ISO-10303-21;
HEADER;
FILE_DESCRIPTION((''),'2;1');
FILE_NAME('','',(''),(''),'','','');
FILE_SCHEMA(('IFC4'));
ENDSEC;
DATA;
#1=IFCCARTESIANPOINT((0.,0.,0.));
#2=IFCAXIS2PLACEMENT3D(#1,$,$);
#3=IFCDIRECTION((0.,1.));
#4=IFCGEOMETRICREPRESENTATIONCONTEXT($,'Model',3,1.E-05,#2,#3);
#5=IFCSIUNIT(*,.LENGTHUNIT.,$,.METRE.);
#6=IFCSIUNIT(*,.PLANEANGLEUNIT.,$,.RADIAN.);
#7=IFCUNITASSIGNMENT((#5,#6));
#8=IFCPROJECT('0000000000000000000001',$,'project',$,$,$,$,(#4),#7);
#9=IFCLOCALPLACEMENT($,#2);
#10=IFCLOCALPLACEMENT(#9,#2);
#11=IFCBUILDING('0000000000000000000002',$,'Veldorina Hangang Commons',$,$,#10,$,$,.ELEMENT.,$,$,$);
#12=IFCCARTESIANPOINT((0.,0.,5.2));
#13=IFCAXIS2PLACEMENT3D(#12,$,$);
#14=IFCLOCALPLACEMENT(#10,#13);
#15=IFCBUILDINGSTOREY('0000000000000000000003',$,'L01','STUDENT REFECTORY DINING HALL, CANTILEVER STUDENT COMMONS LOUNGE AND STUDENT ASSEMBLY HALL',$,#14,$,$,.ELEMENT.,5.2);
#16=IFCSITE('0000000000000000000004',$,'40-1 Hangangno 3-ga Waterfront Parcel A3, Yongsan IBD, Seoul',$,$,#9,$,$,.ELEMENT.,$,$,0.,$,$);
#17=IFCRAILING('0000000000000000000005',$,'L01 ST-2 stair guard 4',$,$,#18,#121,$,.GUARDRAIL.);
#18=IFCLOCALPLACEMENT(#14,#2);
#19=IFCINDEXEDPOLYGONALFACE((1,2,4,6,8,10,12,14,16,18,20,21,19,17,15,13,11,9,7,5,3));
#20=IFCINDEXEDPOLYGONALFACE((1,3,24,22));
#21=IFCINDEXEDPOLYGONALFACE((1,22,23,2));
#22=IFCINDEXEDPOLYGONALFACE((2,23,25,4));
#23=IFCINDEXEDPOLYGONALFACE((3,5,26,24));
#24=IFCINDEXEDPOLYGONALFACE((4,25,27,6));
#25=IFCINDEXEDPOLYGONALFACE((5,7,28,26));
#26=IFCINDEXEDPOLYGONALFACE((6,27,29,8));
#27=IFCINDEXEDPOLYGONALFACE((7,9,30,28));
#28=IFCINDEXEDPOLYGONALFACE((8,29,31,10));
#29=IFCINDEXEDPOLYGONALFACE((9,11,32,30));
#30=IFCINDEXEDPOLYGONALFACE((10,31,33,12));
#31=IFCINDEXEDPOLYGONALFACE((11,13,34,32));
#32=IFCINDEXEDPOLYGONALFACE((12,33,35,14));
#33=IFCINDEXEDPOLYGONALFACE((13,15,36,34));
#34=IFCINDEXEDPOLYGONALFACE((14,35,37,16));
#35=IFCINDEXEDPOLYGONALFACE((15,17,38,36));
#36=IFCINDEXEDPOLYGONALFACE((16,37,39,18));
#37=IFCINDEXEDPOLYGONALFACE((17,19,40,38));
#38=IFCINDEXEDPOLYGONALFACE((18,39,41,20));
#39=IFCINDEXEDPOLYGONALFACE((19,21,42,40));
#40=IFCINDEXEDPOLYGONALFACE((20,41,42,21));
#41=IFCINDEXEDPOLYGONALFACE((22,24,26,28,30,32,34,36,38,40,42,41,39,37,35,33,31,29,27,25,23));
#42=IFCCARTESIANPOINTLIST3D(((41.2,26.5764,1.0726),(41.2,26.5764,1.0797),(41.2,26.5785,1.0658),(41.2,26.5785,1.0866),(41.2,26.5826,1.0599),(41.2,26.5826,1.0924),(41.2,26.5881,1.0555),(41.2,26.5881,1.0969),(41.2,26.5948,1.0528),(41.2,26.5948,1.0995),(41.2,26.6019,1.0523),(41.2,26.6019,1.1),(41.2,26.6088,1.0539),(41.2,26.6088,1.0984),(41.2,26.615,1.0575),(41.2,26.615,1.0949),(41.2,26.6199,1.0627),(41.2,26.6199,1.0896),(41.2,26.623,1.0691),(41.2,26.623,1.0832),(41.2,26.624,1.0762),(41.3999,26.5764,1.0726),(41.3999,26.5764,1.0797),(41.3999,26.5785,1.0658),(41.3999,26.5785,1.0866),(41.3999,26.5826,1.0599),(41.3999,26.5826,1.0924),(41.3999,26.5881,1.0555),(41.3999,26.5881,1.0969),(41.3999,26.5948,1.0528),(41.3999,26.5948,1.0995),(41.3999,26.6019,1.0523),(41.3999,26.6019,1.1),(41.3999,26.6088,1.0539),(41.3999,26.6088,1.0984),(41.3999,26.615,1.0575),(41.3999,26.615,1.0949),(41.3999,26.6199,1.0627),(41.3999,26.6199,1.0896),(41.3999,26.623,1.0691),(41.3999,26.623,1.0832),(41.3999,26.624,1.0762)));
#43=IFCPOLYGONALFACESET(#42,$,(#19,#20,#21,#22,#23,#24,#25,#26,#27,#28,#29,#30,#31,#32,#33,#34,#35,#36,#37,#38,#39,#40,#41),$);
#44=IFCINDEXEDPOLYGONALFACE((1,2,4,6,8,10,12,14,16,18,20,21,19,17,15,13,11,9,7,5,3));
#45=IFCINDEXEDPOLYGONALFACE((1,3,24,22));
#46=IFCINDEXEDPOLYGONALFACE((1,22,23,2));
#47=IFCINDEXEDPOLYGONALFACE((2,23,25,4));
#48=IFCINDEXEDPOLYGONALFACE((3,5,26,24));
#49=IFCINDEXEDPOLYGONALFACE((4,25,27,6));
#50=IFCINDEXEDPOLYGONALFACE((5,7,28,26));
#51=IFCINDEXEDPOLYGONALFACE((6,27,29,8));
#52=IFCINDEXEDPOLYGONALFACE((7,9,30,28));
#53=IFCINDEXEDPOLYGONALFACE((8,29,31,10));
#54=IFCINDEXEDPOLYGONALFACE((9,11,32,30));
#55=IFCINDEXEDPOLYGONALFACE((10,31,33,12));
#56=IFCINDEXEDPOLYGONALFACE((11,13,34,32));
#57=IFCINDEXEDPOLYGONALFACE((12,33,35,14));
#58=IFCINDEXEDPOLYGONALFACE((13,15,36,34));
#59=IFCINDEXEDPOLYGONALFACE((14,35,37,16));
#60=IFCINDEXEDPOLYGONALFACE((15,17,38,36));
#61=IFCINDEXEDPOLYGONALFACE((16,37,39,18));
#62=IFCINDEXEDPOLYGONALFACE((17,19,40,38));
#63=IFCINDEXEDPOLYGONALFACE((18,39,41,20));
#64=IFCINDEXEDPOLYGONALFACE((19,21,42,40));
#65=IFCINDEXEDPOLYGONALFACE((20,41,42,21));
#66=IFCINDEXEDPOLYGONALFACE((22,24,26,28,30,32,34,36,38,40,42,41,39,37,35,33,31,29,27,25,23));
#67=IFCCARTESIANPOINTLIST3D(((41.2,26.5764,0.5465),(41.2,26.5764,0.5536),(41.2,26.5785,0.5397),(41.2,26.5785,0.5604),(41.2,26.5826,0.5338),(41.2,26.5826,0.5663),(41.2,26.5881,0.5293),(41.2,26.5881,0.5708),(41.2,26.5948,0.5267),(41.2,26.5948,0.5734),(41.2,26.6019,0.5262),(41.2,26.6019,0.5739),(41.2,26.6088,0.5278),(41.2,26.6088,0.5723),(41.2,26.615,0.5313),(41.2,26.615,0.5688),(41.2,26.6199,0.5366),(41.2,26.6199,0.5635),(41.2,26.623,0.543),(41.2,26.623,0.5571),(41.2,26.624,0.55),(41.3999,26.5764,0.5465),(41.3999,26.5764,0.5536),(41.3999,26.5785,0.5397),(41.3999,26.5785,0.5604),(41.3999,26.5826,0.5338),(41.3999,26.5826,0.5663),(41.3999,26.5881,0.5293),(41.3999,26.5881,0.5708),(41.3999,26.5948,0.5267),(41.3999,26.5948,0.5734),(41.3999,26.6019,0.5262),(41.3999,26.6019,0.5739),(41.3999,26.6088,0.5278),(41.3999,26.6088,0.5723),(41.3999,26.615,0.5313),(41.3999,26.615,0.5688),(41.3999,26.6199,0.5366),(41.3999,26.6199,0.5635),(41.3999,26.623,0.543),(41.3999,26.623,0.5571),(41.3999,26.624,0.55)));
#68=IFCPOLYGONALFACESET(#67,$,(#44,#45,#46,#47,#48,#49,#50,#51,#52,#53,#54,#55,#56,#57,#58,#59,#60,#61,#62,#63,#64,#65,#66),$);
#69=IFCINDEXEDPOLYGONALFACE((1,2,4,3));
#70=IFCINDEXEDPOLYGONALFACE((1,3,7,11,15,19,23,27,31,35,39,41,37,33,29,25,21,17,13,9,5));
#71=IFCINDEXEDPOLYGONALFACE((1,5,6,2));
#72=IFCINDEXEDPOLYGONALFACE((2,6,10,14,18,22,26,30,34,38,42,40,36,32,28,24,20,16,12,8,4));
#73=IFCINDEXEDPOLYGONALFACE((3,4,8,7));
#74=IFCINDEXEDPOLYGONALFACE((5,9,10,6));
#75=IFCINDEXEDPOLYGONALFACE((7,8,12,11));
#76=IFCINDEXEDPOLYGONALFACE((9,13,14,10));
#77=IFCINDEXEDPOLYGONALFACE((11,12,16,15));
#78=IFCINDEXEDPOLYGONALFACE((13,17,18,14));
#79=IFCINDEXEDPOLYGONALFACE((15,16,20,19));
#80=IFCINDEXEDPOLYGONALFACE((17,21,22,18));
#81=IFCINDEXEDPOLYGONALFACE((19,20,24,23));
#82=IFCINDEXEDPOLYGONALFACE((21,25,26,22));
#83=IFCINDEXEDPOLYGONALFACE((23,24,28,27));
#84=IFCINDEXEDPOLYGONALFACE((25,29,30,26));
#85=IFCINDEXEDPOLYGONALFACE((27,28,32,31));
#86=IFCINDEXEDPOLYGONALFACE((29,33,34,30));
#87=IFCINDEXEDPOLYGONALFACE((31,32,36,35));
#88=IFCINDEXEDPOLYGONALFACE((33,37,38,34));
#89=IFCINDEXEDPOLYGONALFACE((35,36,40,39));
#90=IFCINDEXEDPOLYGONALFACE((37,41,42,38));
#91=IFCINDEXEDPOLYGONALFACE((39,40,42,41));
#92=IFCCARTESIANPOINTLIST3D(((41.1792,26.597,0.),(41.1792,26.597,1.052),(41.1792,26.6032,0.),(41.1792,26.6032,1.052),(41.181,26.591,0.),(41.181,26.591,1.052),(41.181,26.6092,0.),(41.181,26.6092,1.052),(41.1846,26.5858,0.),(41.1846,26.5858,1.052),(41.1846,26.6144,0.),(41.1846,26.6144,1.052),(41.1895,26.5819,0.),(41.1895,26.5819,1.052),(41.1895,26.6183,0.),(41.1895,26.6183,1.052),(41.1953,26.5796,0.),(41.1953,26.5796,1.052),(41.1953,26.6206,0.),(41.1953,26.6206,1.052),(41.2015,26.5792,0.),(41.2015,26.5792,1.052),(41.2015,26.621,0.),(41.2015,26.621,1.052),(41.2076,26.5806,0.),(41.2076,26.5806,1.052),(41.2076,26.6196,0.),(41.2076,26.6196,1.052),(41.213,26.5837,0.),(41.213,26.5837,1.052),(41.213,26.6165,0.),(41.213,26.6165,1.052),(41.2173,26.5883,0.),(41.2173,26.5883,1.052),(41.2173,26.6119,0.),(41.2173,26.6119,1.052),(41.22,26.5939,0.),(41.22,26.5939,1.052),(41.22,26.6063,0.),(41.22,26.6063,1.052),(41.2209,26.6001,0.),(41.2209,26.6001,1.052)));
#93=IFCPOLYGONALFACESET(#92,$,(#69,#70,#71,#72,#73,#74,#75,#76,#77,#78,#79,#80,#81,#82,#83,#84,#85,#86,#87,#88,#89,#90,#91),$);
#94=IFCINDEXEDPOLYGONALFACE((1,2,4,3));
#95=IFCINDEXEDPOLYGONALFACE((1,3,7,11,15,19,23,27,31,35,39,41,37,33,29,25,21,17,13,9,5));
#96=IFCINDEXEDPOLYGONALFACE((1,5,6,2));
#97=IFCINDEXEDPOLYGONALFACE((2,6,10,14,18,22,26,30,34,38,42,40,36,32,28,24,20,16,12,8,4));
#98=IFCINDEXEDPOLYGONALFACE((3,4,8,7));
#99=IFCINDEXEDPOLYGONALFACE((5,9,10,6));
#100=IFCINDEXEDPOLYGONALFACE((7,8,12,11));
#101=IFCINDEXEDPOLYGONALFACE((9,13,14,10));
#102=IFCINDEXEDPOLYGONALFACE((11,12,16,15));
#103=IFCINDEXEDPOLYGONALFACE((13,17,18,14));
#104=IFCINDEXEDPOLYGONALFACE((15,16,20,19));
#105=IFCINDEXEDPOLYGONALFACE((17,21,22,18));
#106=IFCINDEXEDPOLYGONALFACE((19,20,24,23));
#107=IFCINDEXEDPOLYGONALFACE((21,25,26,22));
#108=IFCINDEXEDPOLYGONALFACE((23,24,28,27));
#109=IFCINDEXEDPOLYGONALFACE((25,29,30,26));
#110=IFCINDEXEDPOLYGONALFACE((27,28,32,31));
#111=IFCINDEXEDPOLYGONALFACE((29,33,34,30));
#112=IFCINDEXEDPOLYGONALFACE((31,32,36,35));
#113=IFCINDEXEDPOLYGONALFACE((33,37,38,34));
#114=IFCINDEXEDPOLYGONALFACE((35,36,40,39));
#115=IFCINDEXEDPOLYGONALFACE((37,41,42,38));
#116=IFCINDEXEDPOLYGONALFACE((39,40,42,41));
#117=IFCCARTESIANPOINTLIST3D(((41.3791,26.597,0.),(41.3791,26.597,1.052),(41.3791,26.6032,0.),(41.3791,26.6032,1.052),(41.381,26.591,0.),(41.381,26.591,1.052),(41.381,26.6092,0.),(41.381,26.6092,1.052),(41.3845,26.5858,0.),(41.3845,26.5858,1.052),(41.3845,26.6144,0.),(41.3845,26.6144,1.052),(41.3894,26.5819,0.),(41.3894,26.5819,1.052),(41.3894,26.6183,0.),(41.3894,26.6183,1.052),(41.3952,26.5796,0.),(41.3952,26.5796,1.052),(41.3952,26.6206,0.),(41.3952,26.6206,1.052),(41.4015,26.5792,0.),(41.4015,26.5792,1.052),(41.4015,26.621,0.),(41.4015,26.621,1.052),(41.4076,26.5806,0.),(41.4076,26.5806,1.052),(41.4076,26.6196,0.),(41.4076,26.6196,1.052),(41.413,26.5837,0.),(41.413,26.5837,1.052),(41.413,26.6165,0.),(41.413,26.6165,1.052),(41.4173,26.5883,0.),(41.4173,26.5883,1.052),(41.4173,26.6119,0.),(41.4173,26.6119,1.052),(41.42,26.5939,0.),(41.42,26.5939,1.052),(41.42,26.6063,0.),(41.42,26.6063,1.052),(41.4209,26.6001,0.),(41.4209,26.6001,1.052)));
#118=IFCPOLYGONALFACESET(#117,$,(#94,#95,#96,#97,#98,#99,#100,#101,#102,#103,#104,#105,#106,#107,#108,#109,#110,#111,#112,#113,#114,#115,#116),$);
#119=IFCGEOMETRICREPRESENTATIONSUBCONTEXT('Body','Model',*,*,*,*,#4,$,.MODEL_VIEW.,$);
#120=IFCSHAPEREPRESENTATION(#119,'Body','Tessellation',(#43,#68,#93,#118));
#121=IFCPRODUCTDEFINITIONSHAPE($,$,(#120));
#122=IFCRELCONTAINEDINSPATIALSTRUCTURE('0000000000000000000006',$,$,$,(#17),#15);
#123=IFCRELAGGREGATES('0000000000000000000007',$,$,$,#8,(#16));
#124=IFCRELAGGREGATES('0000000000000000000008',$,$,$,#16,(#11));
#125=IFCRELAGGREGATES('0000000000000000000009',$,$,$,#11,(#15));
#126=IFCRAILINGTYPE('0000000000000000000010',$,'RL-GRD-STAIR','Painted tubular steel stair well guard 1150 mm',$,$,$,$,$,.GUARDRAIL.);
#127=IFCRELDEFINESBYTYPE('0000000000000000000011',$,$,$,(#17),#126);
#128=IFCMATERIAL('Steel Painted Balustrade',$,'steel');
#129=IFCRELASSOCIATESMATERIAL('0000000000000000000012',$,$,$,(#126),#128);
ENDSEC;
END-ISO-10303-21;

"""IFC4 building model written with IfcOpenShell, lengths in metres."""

from ifc_helpers import new_model, si_unit, direction, frame, origin, origin_2d, place, context, subcontext, project, spatial, circle, extrude, material, type_object, element, save


model = new_model("IFC4")

# Units and contexts
model_context = context("Model", 3, precision=1e-05, world=origin(), true_north=direction((0.0, 1.0)))
body_context = subcontext(model_context, "Body", "Model", "MODEL_VIEW")
ifc_project = project(units=[si_unit("LENGTHUNIT", "METRE"), si_unit("PLANEANGLEUNIT", "RADIAN")], contexts=[model_context])

# Site, building, storey
site_placement = place(None, origin())
site = spatial("IfcSite", under=ifc_project, at=site_placement, Name="40-1 Hangangno 3-ga Waterfront Parcel A3, Yongsan IBD, Seoul", CompositionType="ELEMENT", RefElevation=0.0)
building_placement = place(site_placement, origin())
building = spatial("IfcBuilding", under=site, at=building_placement, Name="Veldorina Hangang Commons", CompositionType="ELEMENT")
storey_placement = place(building_placement, frame((0.0, 0.0, 5.2)))
storey = spatial("IfcBuildingStorey", under=building, at=storey_placement, Name="L01", Description="STUDENT REFECTORY DINING HALL, CANTILEVER STUDENT COMMONS LOUNGE AND STUDENT ASSEMBLY HALL", CompositionType="ELEMENT", Elevation=5.2)

# Railing
ifc_material_1 = material(Name="Steel Painted Balustrade", Category="steel")
railing_type_1 = type_object("IfcRailingType", Name="RL-GRD-STAIR", Description="Painted tubular steel stair well guard 1150 mm", PredefinedType="GUARDRAIL", material=ifc_material_1)
railing_1_placement = place(storey_placement, frame((41.2, 26.6001, 0.0)))
element("IfcRailing", 1, at=railing_1_placement, inside=storey, type_object=railing_type_1, Name="L01 ST-2 stair guard 4", PredefinedType="GUARDRAIL", context=body_context, shape_type="SweptSolid", body=[
    extrude(circle(Radius=0.0239, at=origin_2d()), frame((0.0, 0.0, 1.0762), z_axis=(1.0, 0.0, 0.0), x_axis=(0.0, 1.0, 0.0)), (0.0, 0.0, 1.0), 0.2),
    extrude(circle(Radius=0.0239, at=origin_2d()), frame((0.0, 0.0, 0.55), z_axis=(1.0, 0.0, 0.0), x_axis=(0.0, 1.0, 0.0)), (0.0, 0.0, 1.0), 0.2),
    extrude(circle(Radius=0.021, at=origin_2d()), origin(), (0.0, 0.0, 1.0), 1.052),
    extrude(circle(Radius=0.021, at=origin_2d()), frame((0.2, 0.0, 0.0)), (0.0, 0.0, 1.0), 1.052),
])

save(model, "model.ifc")
